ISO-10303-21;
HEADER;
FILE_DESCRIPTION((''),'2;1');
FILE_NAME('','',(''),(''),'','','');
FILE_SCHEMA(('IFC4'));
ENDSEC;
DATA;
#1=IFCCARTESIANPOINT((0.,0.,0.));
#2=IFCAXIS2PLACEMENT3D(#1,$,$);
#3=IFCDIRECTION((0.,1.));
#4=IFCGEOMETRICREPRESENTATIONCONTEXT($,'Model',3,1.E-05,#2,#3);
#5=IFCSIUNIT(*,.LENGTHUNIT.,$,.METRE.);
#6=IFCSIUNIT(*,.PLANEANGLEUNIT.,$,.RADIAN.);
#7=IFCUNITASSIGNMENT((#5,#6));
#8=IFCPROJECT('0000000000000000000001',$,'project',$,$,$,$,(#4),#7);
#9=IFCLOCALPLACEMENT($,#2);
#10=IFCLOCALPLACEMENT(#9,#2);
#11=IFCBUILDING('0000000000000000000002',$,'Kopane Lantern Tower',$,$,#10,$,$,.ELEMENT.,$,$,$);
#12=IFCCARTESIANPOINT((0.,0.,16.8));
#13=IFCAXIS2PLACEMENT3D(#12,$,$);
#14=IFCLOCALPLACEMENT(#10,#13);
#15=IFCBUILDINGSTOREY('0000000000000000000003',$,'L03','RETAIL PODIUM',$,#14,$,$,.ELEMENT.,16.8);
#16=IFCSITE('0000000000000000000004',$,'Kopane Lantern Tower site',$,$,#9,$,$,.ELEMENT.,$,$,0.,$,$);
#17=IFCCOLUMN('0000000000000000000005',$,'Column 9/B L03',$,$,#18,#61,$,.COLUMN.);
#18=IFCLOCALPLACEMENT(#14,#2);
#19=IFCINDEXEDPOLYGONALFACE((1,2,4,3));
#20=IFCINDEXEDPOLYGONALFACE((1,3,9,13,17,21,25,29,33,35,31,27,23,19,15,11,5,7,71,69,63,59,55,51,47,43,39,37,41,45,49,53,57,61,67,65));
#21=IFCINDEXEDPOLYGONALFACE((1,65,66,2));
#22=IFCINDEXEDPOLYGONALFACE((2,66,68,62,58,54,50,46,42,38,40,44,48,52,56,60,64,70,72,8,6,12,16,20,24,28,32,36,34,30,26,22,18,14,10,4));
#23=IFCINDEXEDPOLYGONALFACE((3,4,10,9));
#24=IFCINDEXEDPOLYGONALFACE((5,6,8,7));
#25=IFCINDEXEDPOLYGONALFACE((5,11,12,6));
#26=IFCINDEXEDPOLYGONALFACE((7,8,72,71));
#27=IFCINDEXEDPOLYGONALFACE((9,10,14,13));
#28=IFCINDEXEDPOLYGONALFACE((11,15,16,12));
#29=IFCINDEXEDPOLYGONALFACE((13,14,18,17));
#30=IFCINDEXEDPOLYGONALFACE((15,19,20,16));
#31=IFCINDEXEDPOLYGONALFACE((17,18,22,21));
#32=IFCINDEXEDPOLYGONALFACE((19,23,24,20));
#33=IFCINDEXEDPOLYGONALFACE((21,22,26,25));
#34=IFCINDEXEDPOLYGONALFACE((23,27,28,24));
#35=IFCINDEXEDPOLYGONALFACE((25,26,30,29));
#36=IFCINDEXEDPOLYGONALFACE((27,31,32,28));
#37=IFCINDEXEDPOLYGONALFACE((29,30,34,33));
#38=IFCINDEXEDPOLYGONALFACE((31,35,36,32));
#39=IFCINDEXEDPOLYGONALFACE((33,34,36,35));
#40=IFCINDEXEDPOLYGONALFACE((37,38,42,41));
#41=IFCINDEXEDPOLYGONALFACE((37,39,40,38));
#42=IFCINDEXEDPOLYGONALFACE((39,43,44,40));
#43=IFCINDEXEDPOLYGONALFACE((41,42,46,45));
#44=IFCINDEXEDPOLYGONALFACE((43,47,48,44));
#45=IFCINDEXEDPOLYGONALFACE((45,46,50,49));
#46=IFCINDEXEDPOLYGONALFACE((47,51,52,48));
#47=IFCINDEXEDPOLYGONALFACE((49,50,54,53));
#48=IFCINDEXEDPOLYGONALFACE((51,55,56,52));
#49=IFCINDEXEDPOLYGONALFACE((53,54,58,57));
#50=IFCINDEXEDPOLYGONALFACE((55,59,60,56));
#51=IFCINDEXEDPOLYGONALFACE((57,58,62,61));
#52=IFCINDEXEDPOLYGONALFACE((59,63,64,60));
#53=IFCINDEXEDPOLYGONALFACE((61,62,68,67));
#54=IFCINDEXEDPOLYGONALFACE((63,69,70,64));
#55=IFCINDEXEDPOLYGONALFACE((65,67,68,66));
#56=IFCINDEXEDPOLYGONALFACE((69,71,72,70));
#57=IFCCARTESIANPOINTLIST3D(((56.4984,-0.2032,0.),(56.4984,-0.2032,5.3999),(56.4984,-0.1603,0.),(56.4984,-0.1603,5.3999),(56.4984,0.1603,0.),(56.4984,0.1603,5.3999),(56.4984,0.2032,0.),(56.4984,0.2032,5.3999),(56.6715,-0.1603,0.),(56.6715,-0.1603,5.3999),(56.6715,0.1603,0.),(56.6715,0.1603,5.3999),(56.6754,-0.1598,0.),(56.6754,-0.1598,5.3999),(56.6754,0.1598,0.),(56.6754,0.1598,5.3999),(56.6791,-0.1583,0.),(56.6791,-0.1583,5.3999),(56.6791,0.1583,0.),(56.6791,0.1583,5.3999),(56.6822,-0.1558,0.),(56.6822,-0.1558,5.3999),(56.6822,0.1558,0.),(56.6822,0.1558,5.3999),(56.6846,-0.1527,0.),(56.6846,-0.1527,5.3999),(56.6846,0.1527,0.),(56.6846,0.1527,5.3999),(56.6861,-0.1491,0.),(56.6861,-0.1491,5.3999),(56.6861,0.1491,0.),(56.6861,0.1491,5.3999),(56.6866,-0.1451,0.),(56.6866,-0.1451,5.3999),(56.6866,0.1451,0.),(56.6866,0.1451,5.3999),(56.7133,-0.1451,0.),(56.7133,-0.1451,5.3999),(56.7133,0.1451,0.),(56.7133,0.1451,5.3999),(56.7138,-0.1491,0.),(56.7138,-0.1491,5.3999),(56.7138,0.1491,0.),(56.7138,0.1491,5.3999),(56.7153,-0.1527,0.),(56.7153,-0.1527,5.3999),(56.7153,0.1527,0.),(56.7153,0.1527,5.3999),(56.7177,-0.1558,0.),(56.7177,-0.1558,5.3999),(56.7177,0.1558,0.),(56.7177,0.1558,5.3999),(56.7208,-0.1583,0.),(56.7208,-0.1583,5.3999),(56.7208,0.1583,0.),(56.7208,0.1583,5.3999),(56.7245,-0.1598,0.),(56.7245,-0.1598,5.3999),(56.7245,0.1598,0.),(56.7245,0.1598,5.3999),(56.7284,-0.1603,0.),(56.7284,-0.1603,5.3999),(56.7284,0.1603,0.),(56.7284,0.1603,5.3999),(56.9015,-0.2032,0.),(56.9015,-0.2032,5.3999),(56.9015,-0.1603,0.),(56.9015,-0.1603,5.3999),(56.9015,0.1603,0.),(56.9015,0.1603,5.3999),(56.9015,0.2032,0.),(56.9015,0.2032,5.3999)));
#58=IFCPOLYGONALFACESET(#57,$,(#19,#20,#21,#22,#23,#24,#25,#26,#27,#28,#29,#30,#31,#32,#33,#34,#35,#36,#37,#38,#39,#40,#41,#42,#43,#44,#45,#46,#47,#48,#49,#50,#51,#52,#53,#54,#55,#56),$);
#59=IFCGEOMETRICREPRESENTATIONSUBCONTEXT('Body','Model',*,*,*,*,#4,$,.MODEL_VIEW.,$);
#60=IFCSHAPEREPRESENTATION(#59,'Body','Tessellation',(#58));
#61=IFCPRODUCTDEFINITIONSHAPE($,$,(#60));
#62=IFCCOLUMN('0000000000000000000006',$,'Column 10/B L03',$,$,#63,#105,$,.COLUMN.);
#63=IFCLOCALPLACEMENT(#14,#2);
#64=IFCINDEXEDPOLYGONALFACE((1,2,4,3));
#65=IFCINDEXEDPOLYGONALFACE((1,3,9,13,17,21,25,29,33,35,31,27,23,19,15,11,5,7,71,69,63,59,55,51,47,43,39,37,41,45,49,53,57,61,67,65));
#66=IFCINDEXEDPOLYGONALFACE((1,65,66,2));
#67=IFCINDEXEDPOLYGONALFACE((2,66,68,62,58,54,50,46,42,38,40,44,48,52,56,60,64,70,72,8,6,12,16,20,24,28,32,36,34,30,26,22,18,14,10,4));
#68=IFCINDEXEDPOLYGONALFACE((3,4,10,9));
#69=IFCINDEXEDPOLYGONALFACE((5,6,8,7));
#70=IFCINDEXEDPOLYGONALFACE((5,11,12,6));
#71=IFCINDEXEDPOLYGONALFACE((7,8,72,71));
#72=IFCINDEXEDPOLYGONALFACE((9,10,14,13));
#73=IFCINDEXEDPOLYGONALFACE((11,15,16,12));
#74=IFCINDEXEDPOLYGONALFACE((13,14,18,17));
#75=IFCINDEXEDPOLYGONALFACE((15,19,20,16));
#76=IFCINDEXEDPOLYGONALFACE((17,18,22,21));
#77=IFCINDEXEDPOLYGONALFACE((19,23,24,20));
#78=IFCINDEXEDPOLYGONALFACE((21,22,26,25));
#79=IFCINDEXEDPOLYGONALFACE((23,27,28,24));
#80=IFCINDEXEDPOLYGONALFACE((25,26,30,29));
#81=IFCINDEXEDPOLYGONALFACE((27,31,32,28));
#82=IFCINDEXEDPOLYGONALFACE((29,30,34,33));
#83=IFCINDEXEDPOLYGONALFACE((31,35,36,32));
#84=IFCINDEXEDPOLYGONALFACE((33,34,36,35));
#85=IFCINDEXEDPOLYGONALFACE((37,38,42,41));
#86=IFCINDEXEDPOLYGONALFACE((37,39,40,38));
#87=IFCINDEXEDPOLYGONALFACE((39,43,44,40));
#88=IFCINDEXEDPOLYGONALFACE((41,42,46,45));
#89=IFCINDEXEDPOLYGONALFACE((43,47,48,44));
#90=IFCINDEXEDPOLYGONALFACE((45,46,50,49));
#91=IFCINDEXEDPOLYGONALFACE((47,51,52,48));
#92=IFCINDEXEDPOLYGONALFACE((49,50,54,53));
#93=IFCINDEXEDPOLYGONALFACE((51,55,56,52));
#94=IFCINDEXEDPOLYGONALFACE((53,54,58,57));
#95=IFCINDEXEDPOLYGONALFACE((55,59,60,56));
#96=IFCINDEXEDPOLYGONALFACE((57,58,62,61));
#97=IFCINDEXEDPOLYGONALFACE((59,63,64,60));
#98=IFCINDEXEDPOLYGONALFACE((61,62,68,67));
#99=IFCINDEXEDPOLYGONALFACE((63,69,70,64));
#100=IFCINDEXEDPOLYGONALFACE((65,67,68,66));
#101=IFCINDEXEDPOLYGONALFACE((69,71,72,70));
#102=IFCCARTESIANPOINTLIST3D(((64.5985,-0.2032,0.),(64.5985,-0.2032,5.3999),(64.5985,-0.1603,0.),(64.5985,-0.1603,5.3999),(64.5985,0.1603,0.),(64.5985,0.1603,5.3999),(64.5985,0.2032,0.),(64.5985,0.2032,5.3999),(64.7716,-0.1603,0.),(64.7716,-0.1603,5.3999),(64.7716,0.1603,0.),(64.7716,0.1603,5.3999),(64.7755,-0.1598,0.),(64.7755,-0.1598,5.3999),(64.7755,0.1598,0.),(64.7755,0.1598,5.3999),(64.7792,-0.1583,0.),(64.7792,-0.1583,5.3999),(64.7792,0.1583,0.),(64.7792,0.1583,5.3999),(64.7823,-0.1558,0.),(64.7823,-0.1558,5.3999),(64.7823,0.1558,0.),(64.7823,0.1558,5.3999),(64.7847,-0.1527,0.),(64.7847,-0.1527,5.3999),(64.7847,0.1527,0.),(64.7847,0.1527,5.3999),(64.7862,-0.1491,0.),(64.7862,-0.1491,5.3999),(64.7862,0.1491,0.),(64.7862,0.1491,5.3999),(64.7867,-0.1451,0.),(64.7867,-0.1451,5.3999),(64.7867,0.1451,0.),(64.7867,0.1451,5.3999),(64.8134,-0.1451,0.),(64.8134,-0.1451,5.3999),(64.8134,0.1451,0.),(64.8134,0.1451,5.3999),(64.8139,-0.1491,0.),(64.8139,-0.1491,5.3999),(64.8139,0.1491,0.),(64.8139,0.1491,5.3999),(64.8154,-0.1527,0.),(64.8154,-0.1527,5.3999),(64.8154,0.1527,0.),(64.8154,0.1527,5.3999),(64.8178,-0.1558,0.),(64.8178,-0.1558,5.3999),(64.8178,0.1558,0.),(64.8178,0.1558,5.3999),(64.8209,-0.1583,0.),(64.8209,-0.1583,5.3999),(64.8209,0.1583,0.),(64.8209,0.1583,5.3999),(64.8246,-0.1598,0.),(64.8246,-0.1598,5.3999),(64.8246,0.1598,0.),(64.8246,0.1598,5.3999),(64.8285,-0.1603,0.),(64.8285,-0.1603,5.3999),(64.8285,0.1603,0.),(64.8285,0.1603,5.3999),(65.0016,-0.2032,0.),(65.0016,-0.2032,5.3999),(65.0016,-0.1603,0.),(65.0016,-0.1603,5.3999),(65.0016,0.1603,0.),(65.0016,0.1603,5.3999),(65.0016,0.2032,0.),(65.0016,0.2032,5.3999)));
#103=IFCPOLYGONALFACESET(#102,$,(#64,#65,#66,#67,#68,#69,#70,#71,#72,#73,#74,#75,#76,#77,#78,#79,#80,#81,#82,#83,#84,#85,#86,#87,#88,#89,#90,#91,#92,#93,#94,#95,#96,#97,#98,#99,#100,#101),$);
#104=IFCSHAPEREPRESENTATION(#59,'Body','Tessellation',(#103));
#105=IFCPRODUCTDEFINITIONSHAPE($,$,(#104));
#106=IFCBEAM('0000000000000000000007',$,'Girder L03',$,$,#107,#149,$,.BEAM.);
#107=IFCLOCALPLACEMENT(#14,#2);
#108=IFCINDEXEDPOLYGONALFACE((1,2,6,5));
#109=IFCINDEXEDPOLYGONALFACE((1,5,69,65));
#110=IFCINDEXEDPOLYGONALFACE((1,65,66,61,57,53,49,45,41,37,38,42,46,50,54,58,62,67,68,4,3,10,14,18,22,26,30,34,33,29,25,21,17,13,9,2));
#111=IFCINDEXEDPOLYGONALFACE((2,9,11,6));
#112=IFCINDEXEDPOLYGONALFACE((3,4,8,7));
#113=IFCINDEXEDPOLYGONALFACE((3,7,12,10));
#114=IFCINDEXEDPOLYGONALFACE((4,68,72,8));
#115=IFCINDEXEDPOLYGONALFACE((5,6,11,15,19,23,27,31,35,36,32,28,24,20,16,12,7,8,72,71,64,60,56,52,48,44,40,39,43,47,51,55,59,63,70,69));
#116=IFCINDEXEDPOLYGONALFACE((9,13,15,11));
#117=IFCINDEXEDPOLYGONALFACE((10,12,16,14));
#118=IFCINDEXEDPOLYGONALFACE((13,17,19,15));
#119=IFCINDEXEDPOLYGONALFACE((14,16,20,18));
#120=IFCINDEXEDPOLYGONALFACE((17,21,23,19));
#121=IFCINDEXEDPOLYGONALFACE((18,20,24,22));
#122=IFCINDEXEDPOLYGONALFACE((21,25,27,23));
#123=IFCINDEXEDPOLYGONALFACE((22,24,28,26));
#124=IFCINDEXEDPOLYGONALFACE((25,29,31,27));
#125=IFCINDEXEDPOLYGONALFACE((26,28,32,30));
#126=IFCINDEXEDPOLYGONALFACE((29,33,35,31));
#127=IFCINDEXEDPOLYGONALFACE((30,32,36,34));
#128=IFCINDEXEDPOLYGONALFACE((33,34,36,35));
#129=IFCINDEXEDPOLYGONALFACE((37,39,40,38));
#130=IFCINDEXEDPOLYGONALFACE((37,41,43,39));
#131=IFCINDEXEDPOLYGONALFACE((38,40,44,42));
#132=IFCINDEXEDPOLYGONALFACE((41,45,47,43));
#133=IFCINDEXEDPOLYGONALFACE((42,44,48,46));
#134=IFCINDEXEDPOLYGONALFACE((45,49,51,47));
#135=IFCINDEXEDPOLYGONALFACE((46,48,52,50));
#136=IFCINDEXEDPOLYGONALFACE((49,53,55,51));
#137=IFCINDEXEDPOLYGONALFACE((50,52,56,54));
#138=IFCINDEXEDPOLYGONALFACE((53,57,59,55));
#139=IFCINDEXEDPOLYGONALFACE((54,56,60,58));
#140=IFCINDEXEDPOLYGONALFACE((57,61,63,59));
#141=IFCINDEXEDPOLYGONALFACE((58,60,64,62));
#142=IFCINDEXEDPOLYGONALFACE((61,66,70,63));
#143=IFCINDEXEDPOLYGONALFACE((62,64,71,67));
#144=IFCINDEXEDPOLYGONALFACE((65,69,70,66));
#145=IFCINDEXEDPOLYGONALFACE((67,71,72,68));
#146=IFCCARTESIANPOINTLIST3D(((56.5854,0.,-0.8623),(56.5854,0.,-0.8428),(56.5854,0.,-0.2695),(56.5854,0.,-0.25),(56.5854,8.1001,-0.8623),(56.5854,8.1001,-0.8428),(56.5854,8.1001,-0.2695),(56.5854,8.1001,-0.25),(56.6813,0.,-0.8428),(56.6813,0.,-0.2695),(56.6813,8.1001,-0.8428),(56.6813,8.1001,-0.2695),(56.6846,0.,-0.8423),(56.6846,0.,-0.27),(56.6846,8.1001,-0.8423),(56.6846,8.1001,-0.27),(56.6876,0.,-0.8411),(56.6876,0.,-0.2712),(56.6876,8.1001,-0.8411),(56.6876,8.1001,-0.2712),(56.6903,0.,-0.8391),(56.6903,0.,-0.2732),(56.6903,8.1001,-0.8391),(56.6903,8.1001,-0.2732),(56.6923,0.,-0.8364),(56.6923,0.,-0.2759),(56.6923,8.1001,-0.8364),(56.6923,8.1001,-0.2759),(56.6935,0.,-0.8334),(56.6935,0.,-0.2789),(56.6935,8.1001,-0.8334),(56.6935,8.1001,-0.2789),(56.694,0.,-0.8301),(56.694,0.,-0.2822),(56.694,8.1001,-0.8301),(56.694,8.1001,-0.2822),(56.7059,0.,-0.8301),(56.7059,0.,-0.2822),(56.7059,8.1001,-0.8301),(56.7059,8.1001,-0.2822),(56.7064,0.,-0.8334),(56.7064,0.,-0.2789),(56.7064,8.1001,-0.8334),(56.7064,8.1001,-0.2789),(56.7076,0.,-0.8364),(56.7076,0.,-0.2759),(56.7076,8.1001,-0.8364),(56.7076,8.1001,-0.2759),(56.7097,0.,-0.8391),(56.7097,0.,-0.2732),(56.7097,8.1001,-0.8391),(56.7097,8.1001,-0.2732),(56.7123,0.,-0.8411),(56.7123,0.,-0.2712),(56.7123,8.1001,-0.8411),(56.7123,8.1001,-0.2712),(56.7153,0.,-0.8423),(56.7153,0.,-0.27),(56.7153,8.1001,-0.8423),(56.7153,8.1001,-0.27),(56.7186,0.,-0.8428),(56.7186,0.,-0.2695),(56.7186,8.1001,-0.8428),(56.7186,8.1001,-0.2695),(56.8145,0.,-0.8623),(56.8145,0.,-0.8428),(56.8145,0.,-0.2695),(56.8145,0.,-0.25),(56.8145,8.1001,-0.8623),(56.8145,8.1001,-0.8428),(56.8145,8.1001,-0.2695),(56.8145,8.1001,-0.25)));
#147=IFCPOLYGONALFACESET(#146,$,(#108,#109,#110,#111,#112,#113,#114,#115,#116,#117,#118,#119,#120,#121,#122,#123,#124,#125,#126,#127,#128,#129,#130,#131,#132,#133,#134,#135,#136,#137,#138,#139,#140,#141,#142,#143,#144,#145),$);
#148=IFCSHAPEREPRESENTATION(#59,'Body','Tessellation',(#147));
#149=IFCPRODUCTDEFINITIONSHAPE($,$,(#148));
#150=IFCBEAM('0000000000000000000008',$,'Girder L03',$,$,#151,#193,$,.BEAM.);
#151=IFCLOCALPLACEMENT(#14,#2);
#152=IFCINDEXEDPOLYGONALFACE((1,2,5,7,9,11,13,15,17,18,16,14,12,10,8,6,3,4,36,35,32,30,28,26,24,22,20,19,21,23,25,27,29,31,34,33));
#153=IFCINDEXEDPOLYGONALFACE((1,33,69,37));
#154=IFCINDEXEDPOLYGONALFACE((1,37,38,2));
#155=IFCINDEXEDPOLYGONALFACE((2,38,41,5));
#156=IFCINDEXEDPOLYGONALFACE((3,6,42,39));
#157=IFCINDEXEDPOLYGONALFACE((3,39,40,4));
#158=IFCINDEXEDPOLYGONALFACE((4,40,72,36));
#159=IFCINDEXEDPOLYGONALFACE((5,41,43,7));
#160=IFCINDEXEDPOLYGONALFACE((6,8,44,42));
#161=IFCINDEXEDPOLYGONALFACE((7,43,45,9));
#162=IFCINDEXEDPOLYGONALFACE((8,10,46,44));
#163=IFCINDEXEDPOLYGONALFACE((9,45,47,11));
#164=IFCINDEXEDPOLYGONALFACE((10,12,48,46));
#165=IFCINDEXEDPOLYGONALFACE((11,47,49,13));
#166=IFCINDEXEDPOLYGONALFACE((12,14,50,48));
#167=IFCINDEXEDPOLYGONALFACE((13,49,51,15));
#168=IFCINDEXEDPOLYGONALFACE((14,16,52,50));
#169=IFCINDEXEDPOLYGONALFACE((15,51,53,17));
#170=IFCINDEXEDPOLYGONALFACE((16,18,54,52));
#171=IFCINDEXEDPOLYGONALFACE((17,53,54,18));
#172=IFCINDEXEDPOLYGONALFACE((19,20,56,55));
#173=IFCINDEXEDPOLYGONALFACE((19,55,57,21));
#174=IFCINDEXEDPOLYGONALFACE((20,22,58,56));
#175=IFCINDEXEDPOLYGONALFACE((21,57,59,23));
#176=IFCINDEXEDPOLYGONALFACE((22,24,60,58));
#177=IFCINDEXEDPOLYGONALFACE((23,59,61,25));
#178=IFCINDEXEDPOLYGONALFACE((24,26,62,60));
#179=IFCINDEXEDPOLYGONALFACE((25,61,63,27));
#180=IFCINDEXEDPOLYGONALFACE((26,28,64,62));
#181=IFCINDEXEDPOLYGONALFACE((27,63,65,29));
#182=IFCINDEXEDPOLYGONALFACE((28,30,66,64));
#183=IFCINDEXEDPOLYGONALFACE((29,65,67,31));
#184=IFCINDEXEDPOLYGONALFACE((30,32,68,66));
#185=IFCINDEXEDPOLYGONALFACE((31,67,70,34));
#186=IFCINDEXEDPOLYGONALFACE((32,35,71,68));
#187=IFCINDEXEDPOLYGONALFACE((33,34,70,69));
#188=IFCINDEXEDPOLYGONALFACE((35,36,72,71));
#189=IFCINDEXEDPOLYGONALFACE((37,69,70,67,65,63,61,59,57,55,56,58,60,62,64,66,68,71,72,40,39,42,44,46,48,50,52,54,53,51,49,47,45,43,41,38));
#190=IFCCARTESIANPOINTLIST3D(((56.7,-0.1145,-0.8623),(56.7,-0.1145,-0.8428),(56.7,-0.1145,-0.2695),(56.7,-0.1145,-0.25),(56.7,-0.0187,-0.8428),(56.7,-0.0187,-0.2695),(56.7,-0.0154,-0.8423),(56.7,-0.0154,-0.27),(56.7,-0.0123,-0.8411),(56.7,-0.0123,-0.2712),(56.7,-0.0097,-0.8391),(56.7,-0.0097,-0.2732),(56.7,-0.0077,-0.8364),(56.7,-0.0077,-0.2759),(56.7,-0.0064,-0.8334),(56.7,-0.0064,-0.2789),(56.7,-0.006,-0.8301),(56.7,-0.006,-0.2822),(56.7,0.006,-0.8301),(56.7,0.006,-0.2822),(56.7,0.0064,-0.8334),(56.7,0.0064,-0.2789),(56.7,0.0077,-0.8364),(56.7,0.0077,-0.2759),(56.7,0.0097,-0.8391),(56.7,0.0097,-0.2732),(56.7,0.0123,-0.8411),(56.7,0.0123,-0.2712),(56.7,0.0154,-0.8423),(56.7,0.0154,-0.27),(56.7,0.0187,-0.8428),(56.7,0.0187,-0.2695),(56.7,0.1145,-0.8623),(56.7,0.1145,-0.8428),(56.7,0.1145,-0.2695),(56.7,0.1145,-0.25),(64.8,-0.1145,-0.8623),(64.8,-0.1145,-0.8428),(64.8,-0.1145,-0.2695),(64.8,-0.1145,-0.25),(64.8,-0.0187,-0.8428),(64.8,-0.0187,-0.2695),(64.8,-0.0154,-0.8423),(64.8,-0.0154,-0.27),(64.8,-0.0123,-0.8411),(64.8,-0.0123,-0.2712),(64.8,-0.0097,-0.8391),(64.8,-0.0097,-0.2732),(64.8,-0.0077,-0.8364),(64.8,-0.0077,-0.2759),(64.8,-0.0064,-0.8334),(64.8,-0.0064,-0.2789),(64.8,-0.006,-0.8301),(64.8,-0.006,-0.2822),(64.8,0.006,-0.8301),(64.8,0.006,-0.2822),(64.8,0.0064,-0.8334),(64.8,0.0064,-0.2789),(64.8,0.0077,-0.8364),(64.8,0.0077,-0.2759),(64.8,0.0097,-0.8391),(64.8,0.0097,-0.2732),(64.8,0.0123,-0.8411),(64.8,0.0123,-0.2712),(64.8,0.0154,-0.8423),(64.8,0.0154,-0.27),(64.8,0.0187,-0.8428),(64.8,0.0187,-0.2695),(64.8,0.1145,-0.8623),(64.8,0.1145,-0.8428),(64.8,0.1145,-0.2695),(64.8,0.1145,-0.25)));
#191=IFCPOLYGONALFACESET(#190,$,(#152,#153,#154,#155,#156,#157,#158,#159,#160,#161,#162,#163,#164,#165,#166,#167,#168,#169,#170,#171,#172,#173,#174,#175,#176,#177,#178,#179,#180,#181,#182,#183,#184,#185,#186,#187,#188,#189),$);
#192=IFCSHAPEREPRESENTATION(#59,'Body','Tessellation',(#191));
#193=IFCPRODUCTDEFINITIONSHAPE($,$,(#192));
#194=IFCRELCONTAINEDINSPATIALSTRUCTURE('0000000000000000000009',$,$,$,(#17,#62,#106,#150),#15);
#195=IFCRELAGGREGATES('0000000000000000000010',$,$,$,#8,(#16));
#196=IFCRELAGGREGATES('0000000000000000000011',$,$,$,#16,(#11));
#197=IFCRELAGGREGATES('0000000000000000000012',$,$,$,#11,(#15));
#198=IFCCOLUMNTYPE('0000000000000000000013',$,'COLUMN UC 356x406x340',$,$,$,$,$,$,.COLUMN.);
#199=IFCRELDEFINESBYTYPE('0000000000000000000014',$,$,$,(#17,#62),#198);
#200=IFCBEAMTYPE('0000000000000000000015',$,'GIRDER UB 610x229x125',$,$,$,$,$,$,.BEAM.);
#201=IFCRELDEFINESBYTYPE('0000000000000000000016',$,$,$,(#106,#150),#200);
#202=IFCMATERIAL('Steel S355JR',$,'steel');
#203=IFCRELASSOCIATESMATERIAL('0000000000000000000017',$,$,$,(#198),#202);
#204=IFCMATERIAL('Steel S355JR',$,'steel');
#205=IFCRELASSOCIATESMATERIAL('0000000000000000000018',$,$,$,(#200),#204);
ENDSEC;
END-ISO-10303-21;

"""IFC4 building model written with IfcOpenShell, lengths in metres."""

from ifc_helpers import new_model, si_unit, direction, frame, origin, origin_2d, place, context, subcontext, project, spatial, i_section, extrude, material, material_profile, profile_set, type_object, element, save


model = new_model("IFC4")

# Units and contexts
model_context = context("Model", 3, precision=1e-05, world=origin(), true_north=direction((0.0, 1.0)))
body_context = subcontext(model_context, "Body", "Model", "MODEL_VIEW")
ifc_project = project(units=[si_unit("LENGTHUNIT", "METRE"), si_unit("PLANEANGLEUNIT", "RADIAN")], contexts=[model_context])

# Site, building, storey
site_placement = place(None, origin())
site = spatial("IfcSite", under=ifc_project, at=site_placement, Name="Kopane Lantern Tower site", CompositionType="ELEMENT", RefElevation=0.0)
building_placement = place(site_placement, origin())
building = spatial("IfcBuilding", under=site, at=building_placement, Name="Kopane Lantern Tower", CompositionType="ELEMENT")
storey_placement = place(building_placement, frame((0.0, 0.0, 16.8)))
storey = spatial("IfcBuildingStorey", under=building, at=storey_placement, Name="L03", Description="RETAIL PODIUM", CompositionType="ELEMENT", Elevation=16.8)

# Columns
ifc_material_1 = material(Name="Steel S355JR", Category="steel")
ifc_material_profile_1 = material_profile(ifc_material_1, i_section(OverallWidth=0.4031, OverallDepth=0.4065, WebThickness=0.0266, FlangeThickness=0.043, FilletRadius=0.0151, at=origin_2d()), Name="UC 356x406x340")
ifc_profile_set_1 = profile_set([ifc_material_profile_1], Name="Steel S355JR")
column_type = type_object("IfcColumnType", Name="COLUMN UC 356x406x340", PredefinedType="COLUMN", material=ifc_profile_set_1)
for number, where, z_axis, x_axis, name in (
    (1, (56.7, 0.0, 0.0), (0.0, 0.0, 1.0), (1.0, 0.0, 0.0), "Column 9/B L03"),
    (2, (64.8, 0.0, 0.0), (0.0, 0.0, 1.0), (1.0, 0.0, 0.0), "Column 10/B L03"),
):
    element("IfcColumn", number, at=place(storey_placement, frame(where, z_axis=z_axis, x_axis=x_axis)), inside=storey, type_object=column_type, Name=name, PredefinedType="COLUMN", context=body_context, shape_type="SweptSolid", body=[
        extrude(i_section(OverallWidth=0.4031, OverallDepth=0.4065, WebThickness=0.0266, FlangeThickness=0.043, FilletRadius=0.0151, at=origin_2d()), origin(), (0.0, 0.0, 1.0), 5.3999),
    ])

# Beams
ifc_material_2 = material(Name="Steel S355JR", Category="steel")
ifc_material_profile_2 = material_profile(ifc_material_2, i_section(OverallWidth=0.229, OverallDepth=0.6123, WebThickness=0.012, FlangeThickness=0.0195, FilletRadius=0.0127, at=origin_2d()), Name="UB 610x229x125")
ifc_profile_set_2 = profile_set([ifc_material_profile_2], Name="Steel S355JR")
beam_type = type_object("IfcBeamType", Name="GIRDER UB 610x229x125", PredefinedType="BEAM", material=ifc_profile_set_2)
for number, where, z_axis, x_axis, name in (
    (3, (56.7, 0.0, -0.5562), (0.0, 1.0, 0.0), (-1.0, 0.0, 0.0), "Girder L03"),
    (4, (56.7, 0.0, -0.5562), (1.0, 0.0, 0.0), (0.0, 1.0, 0.0), "Girder L03"),
):
    element("IfcBeam", number, at=place(storey_placement, frame(where, z_axis=z_axis, x_axis=x_axis)), inside=storey, type_object=beam_type, Name=name, PredefinedType="BEAM", context=body_context, shape_type="SweptSolid", body=[
        extrude(i_section(OverallWidth=0.229, OverallDepth=0.6123, WebThickness=0.012, FlangeThickness=0.0195, FilletRadius=0.0127, at=origin_2d()), origin(), (0.0, 0.0, 1.0), 8.1001),
    ])

save(model, "model.ifc")
